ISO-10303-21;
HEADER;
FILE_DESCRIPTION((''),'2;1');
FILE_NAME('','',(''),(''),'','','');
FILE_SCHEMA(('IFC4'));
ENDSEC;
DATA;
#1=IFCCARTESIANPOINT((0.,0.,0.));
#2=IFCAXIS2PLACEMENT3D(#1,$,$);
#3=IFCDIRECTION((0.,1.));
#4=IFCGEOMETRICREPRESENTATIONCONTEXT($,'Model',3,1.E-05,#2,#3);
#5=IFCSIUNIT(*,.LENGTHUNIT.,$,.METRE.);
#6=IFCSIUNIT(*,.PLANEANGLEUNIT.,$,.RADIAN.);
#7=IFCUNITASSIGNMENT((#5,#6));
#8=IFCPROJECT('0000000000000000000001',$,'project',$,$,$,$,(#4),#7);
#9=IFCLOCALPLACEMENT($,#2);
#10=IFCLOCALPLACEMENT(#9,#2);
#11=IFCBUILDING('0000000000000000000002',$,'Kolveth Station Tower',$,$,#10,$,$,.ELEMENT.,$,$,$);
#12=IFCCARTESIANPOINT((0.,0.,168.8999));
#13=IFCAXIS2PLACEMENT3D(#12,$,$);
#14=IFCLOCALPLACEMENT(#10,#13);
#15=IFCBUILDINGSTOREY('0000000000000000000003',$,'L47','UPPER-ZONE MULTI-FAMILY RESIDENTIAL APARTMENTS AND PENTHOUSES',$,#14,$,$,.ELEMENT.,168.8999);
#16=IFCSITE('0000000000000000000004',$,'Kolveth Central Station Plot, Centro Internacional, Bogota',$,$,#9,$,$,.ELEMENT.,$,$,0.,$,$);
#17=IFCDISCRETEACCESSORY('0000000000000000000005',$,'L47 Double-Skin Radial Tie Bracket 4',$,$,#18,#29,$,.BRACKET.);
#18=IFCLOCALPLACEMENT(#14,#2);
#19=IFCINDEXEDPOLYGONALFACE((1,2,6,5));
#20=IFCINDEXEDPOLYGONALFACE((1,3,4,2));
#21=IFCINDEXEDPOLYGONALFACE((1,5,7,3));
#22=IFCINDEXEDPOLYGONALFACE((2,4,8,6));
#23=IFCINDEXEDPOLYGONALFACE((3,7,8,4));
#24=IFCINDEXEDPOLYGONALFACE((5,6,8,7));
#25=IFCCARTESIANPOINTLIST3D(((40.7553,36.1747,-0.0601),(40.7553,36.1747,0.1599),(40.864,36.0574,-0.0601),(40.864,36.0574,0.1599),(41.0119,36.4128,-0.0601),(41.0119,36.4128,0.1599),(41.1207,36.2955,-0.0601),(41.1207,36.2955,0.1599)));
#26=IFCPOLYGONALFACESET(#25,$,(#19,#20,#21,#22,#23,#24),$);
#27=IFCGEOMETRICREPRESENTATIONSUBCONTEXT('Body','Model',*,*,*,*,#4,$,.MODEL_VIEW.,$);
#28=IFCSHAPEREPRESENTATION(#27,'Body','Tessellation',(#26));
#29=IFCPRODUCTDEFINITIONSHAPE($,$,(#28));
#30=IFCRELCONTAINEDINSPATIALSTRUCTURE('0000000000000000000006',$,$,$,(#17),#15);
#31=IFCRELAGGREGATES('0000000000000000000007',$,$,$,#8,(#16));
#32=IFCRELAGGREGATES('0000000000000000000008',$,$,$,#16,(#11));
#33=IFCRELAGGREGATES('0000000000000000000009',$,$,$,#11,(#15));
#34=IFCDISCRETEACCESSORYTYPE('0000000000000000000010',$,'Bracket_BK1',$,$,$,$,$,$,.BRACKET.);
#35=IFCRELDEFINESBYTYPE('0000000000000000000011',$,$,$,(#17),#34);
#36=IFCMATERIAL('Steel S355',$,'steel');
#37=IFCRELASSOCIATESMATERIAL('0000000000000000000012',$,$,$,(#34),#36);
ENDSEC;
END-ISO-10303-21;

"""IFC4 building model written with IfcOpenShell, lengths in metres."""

from ifc_helpers import new_model, si_unit, direction, frame, origin, origin_2d, place, context, subcontext, project, spatial, rectangle, extrude, source, transform, mapped, material, type_object, element, save


model = new_model("IFC4")

# Units and contexts
model_context = context("Model", 3, precision=1e-05, world=origin(), true_north=direction((0.0, 1.0)))
body_context = subcontext(model_context, "Body", "Model", "MODEL_VIEW")
ifc_project = project(units=[si_unit("LENGTHUNIT", "METRE"), si_unit("PLANEANGLEUNIT", "RADIAN")], contexts=[model_context])

# Site, building, storey
site_placement = place(None, origin())
site = spatial("IfcSite", under=ifc_project, at=site_placement, Name="Kolveth Central Station Plot, Centro Internacional, Bogota", CompositionType="ELEMENT", RefElevation=0.0)
building_placement = place(site_placement, origin())
building = spatial("IfcBuilding", under=site, at=building_placement, Name="Kolveth Station Tower", CompositionType="ELEMENT")
storey_placement = place(building_placement, frame((0.0, 0.0, 168.8999)))
storey = spatial("IfcBuildingStorey", under=building, at=storey_placement, Name="L47", Description="UPPER-ZONE MULTI-FAMILY RESIDENTIAL APARTMENTS AND PENTHOUSES", CompositionType="ELEMENT", Elevation=168.8999)

# Discrete accessory
ifc_material_1 = material(Name="Steel S355", Category="steel")
discrete_accessory_type = type_object("IfcDiscreteAccessoryType", Name="Bracket_BK1", PredefinedType="BRACKET", material=ifc_material_1)
shared_shape_1 = source(origin(), body_context, "Body", "SweptSolid", [
    extrude(rectangle(XDim=0.3501, YDim=0.1599, at=origin_2d()), origin(), (0.0, 0.0, 1.0), 0.22),
])
discrete_accessory_placement = place(storey_placement, frame((40.938, 36.2351, -0.0601), z_axis=(0.0, 0.0, 1.0), x_axis=(0.733137, 0.680081, 0.0)))
element("IfcDiscreteAccessory", 1, at=discrete_accessory_placement, inside=storey, type_object=discrete_accessory_type, Name="L47 Double-Skin Radial Tie Bracket 4", PredefinedType="BRACKET", context=body_context, shape_type="MappedRepresentation", body=[
    mapped(shared_shape_1, transform((0.0, 0.0, 0.0), x_axis=(1.0, 0.0, 0.0), y_axis=(0.0, 1.0, 0.0), z_axis=(0.0, 0.0, 1.0), scale=1.0)),
])

save(model, "model.ifc")
